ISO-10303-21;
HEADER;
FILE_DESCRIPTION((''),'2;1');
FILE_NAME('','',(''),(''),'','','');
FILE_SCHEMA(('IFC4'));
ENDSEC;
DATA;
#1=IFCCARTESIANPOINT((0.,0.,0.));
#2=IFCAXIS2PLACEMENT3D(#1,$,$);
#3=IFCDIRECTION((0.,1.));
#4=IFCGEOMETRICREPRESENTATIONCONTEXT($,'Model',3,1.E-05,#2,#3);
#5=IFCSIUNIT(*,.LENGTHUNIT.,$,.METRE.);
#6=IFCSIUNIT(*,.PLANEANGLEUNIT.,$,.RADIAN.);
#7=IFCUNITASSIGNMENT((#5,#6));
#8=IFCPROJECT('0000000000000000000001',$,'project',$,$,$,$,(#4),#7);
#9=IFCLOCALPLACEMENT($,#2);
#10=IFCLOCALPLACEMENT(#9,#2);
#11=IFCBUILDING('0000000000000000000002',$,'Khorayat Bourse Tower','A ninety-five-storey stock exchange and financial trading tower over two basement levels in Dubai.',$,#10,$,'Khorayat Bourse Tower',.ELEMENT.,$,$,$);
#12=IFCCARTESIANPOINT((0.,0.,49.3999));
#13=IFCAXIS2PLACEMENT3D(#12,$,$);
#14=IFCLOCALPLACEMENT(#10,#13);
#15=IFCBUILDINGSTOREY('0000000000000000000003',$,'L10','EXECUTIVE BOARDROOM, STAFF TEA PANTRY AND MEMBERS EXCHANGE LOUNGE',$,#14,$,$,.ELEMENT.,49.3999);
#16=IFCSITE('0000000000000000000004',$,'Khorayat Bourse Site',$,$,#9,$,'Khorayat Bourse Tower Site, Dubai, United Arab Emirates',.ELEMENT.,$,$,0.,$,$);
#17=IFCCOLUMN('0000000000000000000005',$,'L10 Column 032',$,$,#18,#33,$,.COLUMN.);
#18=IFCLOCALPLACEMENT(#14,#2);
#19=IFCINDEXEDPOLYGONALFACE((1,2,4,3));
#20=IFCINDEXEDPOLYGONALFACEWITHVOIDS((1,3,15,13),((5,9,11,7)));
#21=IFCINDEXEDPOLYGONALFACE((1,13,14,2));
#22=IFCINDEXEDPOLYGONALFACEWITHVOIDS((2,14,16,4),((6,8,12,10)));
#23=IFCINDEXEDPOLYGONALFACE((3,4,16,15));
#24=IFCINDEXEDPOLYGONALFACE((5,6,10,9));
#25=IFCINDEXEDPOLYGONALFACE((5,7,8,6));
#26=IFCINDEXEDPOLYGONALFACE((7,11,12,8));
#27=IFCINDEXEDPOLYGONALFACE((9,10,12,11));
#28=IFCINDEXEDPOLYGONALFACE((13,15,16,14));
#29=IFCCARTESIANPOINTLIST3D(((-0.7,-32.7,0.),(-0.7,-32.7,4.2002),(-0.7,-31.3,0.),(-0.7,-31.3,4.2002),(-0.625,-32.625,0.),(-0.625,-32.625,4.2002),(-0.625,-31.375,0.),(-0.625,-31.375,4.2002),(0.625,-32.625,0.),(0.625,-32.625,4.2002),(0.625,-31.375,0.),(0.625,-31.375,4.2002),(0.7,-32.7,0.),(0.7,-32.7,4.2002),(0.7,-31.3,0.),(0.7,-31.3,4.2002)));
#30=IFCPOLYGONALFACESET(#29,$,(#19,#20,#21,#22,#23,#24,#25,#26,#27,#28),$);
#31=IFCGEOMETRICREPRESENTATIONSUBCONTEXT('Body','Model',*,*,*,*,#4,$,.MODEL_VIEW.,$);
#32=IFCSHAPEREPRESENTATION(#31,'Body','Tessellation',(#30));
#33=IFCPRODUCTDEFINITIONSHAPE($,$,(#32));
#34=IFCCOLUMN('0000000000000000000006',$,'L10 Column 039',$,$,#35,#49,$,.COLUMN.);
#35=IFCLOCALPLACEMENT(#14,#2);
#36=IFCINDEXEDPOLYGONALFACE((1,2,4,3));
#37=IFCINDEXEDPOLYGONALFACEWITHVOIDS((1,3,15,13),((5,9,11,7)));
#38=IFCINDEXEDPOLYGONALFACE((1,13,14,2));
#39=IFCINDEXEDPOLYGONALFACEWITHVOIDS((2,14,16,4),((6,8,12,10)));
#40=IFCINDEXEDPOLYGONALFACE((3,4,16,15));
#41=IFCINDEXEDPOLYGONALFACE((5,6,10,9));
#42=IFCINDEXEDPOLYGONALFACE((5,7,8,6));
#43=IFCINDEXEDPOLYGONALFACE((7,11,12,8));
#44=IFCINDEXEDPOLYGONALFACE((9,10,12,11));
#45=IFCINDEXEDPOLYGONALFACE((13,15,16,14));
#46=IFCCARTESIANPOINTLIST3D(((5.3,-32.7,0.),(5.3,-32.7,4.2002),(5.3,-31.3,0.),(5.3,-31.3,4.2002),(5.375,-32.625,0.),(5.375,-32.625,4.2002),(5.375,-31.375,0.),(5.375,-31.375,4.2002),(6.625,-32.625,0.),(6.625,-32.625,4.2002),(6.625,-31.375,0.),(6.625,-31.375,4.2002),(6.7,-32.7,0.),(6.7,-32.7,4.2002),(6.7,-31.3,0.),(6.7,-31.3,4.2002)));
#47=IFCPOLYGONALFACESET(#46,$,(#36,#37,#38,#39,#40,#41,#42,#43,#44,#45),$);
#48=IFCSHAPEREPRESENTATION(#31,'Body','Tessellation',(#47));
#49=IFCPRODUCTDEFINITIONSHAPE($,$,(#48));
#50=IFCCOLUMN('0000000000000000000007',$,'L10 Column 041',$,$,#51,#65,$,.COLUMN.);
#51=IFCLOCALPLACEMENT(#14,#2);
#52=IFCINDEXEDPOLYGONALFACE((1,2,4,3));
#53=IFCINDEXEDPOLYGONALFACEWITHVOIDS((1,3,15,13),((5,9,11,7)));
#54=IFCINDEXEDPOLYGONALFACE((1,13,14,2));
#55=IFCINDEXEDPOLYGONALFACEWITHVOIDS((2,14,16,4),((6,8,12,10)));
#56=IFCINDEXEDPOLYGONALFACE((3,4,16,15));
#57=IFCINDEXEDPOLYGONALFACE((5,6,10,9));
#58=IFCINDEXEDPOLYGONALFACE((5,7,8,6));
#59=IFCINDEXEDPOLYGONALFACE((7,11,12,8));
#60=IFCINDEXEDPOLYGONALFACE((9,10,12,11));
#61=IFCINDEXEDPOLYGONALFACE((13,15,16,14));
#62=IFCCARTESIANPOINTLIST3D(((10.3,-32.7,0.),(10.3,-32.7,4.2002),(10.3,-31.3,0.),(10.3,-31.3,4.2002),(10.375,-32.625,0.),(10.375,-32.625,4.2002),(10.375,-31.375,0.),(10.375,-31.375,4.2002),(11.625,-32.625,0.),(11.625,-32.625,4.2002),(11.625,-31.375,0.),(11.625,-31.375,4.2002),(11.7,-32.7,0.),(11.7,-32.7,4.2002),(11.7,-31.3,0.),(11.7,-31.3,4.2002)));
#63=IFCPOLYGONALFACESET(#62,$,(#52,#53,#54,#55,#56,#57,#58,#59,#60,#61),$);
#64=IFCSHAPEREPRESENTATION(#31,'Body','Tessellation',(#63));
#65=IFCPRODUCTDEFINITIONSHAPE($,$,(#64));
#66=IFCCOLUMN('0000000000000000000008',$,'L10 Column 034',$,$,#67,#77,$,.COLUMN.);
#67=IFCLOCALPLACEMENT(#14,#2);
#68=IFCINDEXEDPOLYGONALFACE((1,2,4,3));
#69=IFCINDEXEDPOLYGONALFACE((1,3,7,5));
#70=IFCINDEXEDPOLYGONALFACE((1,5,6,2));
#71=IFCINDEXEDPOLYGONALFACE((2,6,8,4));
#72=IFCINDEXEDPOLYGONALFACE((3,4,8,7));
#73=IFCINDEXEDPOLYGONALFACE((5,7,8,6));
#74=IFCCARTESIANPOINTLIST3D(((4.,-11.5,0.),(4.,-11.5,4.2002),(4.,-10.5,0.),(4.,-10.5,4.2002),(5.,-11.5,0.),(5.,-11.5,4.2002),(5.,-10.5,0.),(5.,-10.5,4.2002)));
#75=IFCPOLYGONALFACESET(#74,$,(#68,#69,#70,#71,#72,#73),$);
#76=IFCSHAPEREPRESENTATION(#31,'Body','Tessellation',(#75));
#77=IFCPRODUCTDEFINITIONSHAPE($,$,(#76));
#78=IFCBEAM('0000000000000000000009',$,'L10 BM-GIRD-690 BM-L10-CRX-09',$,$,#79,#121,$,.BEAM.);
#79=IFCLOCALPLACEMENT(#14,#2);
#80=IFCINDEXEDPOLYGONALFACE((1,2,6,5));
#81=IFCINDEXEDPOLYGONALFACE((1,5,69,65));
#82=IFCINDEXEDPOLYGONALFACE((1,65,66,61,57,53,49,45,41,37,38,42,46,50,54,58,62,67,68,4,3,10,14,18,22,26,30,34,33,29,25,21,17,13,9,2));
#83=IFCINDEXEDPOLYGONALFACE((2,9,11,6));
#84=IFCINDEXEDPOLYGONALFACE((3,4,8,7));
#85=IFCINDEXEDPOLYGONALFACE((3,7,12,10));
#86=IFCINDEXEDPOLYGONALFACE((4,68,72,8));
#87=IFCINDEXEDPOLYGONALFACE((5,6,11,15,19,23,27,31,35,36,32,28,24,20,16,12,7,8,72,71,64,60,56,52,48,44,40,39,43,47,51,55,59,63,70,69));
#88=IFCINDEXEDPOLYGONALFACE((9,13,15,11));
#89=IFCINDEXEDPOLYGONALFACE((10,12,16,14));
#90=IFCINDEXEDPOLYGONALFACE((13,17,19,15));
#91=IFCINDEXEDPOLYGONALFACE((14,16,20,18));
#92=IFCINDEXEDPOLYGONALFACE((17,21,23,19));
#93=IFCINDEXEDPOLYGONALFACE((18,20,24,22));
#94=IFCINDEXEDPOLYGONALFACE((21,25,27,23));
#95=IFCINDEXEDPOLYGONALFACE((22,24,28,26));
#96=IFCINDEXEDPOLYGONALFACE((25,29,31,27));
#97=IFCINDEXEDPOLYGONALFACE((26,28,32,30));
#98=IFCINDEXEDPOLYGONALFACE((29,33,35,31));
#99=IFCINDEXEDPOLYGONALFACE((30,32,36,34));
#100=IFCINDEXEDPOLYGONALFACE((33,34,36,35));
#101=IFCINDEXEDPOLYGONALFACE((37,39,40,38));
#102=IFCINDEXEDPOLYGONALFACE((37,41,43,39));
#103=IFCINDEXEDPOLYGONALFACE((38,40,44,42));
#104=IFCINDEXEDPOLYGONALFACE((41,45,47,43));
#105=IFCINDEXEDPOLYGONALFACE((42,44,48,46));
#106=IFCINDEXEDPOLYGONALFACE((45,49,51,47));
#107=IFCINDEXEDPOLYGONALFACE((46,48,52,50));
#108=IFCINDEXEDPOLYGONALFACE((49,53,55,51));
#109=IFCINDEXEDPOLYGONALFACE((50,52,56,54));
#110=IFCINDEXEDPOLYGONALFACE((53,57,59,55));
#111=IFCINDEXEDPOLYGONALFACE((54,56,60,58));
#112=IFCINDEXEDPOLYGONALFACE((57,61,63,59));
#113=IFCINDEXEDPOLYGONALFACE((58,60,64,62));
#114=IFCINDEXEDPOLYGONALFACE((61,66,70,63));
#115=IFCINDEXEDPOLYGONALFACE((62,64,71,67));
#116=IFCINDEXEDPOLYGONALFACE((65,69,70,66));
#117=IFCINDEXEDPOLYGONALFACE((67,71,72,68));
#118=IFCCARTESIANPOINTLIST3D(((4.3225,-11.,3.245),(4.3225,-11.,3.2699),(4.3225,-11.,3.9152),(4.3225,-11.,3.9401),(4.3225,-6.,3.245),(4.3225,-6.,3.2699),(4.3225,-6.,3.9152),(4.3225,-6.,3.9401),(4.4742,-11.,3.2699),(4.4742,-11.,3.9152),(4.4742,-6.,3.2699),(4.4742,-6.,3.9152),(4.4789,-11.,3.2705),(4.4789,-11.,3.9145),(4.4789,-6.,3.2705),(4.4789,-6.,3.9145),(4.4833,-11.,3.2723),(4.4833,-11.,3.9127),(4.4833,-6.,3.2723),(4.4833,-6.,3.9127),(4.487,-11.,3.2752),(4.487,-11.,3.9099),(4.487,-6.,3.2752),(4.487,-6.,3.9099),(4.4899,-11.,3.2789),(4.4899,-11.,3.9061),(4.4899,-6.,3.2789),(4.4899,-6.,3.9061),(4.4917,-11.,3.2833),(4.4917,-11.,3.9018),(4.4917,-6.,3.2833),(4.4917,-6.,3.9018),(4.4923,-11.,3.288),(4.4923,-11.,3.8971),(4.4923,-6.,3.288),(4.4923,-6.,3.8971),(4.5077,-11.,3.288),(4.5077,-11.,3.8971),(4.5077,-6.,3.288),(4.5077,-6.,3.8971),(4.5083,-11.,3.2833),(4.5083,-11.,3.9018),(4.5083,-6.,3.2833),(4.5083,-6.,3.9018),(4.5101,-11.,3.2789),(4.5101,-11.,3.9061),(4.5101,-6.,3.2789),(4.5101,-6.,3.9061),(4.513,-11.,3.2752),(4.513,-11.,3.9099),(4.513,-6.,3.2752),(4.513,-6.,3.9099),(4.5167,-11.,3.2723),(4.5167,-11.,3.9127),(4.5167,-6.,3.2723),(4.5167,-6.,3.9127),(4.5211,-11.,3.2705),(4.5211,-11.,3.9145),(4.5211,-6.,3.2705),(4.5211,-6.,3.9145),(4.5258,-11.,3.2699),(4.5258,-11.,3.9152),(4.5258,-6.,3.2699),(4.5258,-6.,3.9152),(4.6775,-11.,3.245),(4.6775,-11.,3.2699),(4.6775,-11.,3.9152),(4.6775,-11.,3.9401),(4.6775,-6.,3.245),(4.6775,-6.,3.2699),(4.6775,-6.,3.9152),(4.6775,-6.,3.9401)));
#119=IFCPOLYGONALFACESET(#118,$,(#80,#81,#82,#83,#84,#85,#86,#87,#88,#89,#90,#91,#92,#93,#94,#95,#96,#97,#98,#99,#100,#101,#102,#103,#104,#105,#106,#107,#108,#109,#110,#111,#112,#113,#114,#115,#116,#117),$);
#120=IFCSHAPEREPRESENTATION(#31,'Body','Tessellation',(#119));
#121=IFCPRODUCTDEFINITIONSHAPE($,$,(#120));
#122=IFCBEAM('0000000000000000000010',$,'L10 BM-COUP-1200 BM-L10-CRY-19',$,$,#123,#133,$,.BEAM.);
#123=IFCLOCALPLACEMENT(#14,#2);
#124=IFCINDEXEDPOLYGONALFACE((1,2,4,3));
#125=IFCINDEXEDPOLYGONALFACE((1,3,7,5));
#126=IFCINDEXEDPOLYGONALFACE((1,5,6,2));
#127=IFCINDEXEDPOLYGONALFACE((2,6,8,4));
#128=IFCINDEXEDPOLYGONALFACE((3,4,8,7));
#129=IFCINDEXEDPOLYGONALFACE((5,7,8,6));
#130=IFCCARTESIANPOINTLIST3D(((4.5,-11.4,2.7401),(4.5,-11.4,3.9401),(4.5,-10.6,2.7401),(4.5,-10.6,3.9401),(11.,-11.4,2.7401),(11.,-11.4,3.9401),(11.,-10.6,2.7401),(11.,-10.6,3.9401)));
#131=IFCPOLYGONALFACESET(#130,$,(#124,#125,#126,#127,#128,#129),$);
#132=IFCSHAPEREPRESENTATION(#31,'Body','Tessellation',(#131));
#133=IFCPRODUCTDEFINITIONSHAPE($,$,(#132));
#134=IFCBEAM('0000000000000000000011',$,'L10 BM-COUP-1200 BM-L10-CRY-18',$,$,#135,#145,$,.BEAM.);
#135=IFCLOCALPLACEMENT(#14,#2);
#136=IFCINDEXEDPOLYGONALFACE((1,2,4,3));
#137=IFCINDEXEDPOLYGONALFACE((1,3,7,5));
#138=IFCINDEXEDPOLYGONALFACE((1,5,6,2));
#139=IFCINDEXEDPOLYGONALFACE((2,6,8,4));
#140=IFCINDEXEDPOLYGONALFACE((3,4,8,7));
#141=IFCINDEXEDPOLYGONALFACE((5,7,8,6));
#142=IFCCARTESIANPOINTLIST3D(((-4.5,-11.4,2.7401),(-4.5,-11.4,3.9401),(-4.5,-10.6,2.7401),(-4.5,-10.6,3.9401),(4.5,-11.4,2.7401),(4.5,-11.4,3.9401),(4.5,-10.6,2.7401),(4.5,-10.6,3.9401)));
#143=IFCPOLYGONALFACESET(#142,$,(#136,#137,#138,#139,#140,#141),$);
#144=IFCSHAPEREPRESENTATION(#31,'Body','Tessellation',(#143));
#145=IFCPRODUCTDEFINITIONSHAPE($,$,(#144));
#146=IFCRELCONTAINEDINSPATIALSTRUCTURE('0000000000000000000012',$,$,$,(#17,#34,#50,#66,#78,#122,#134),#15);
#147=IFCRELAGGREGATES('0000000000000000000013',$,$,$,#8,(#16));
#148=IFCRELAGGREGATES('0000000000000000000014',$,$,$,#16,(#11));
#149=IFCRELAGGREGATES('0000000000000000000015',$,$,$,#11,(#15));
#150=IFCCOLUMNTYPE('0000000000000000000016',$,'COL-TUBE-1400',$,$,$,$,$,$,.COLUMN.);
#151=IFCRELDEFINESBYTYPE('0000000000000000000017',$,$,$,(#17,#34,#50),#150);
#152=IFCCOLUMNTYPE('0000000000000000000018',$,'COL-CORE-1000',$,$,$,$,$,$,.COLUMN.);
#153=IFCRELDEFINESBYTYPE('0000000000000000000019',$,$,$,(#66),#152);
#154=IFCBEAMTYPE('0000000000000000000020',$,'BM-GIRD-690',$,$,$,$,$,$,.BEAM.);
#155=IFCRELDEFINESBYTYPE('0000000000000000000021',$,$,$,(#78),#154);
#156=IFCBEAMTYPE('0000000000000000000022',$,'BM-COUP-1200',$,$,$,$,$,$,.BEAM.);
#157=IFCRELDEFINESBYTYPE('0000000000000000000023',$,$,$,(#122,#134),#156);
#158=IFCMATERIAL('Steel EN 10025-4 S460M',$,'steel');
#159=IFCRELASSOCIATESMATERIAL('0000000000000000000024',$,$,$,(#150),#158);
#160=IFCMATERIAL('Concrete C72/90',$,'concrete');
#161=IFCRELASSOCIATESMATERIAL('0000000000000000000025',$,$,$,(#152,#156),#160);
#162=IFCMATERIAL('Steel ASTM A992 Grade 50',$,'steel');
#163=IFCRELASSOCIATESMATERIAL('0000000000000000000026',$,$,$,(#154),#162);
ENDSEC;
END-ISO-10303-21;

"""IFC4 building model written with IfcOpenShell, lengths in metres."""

from ifc_helpers import new_model, si_unit, direction, frame, origin, origin_2d, place, context, subcontext, project, spatial, rectangle, hollow_rectangle, i_section, extrude, source, transform, mapped, material, material_profile, profile_set, type_object, element, save


model = new_model("IFC4")

# Units and contexts
model_context = context("Model", 3, precision=1e-05, world=origin(), true_north=direction((0.0, 1.0)))
body_context = subcontext(model_context, "Body", "Model", "MODEL_VIEW")
ifc_project = project(units=[si_unit("LENGTHUNIT", "METRE"), si_unit("PLANEANGLEUNIT", "RADIAN")], contexts=[model_context])

# Site, building, storey
site_placement = place(None, origin())
site = spatial("IfcSite", under=ifc_project, at=site_placement, Name="Khorayat Bourse Site", LongName="Khorayat Bourse Tower Site, Dubai, United Arab Emirates", CompositionType="ELEMENT", RefElevation=0.0)
building_placement = place(site_placement, origin())
building = spatial("IfcBuilding", under=site, at=building_placement, Name="Khorayat Bourse Tower", Description="A ninety-five-storey stock exchange and financial trading tower over two basement levels in Dubai.", LongName="Khorayat Bourse Tower", CompositionType="ELEMENT")
storey_placement = place(building_placement, frame((0.0, 0.0, 49.3999)))
storey = spatial("IfcBuildingStorey", under=building, at=storey_placement, Name="L10", Description="EXECUTIVE BOARDROOM, STAFF TEA PANTRY AND MEMBERS EXCHANGE LOUNGE", CompositionType="ELEMENT", Elevation=49.3999)

# Columns
ifc_material_1 = material(Name="Steel EN 10025-4 S460M", Category="steel")
ifc_material_profile_1 = material_profile(ifc_material_1, hollow_rectangle(XDim=1.3999, YDim=1.3999, WallThickness=0.075, at=origin_2d()), Name="BOX 1400x1400x75")
ifc_profile_set_1 = profile_set([ifc_material_profile_1], Name="Steel EN 10025-4 S460M")
column_type_1 = type_object("IfcColumnType", Name="COL-TUBE-1400", PredefinedType="COLUMN", material=ifc_profile_set_1)
shared_shape_1 = source(origin(), body_context, "Body", "SweptSolid", [
    extrude(hollow_rectangle(XDim=1.3999, YDim=1.3999, WallThickness=0.075, at=origin_2d()), origin(), (0.0, 0.0, 1.0), 4.2002),
])
for number, where, z_axis, x_axis, name in (
    (1, (0.0, -32.0, 0.0), (0.0, 0.0, 1.0), (1.0, 0.0, 0.0), "L10 Column 032"),
    (2, (6.0, -32.0, 0.0), (0.0, 0.0, 1.0), (1.0, 0.0, 0.0), "L10 Column 039"),
    (3, (11.0, -32.0, 0.0), (0.0, 0.0, 1.0), (1.0, 0.0, 0.0), "L10 Column 041"),
):
    element("IfcColumn", number, at=place(storey_placement, frame(where, z_axis=z_axis, x_axis=x_axis)), inside=storey, type_object=column_type_1, Name=name, PredefinedType="COLUMN", context=body_context, shape_type="MappedRepresentation", body=[
        mapped(shared_shape_1, transform((0.0, 0.0, 0.0), scale=1.0)),
    ])
ifc_material_2 = material(Name="Concrete C72/90", Category="concrete")
ifc_material_profile_2 = material_profile(ifc_material_2, rectangle(XDim=1.0, YDim=1.0, at=origin_2d()), Name="RC 1000x1000")
ifc_profile_set_2 = profile_set([ifc_material_profile_2], Name="Concrete C72/90")
column_type_2 = type_object("IfcColumnType", Name="COL-CORE-1000", PredefinedType="COLUMN", material=ifc_profile_set_2)
shared_shape_2 = source(origin(), body_context, "Body", "SweptSolid", [
    extrude(rectangle(XDim=1.0, YDim=1.0, at=origin_2d()), origin(), (0.0, 0.0, 1.0), 4.2002),
])
column_placement = place(storey_placement, frame((4.5, -11.0, 0.0), z_axis=(0.0, 0.0, 1.0), x_axis=(1.0, 0.0, 0.0)))
element("IfcColumn", 4, at=column_placement, inside=storey, type_object=column_type_2, Name="L10 Column 034", PredefinedType="COLUMN", context=body_context, shape_type="MappedRepresentation", body=[
    mapped(shared_shape_2, transform((0.0, 0.0, 0.0), scale=1.0)),
])

# Beams
ifc_material_3 = material(Name="Steel ASTM A992 Grade 50", Category="steel")
ifc_material_profile_3 = material_profile(ifc_material_3, i_section(OverallWidth=0.355, OverallDepth=0.6951, WebThickness=0.0154, FlangeThickness=0.0249, FilletRadius=0.0181, at=origin_2d()), Name="W690X217")
ifc_profile_set_3 = profile_set([ifc_material_profile_3], Name="Steel ASTM A992 Grade 50")
beam_type_1 = type_object("IfcBeamType", Name="BM-GIRD-690", PredefinedType="BEAM", material=ifc_profile_set_3)
shared_shape_3 = source(origin(), body_context, "Body", "SweptSolid", [
    extrude(i_section(OverallWidth=0.355, OverallDepth=0.6951, WebThickness=0.0154, FlangeThickness=0.0249, FilletRadius=0.0181, at=origin_2d()), origin(), (0.0, 0.0, 1.0), 5.0),
])
beam_1_placement = place(storey_placement, frame((4.5, -11.0, 3.5925), z_axis=(0.0, 1.0, 0.0), x_axis=(-1.0, 0.0, 0.0)))
element("IfcBeam", 5, at=beam_1_placement, inside=storey, type_object=beam_type_1, Name="L10 BM-GIRD-690 BM-L10-CRX-09", PredefinedType="BEAM", context=body_context, shape_type="MappedRepresentation", body=[
    mapped(shared_shape_3, transform((0.0, 0.0, 0.0), scale=1.0)),
])
ifc_material_profile_4 = material_profile(ifc_material_2, rectangle(XDim=0.8, YDim=1.2, at=origin_2d()), Name="RC 800x1200")
ifc_profile_set_4 = profile_set([ifc_material_profile_4], Name="Concrete C72/90")
beam_type_2 = type_object("IfcBeamType", Name="BM-COUP-1200", PredefinedType="BEAM", material=ifc_profile_set_4)
shared_shape_4 = source(origin(), body_context, "Body", "SweptSolid", [
    extrude(rectangle(XDim=0.8, YDim=1.2, at=origin_2d()), origin(), (0.0, 0.0, 1.0), 6.5),
])
beam_2_placement = place(storey_placement, frame((4.5, -11.0, 3.3401), z_axis=(1.0, 0.0, 0.0), x_axis=(0.0, 1.0, 0.0)))
element("IfcBeam", 6, at=beam_2_placement, inside=storey, type_object=beam_type_2, Name="L10 BM-COUP-1200 BM-L10-CRY-19", PredefinedType="BEAM", context=body_context, shape_type="MappedRepresentation", body=[
    mapped(shared_shape_4, transform((0.0, 0.0, 0.0), scale=1.0)),
])
shared_shape_5 = source(origin(), body_context, "Body", "SweptSolid", [
    extrude(rectangle(XDim=0.8, YDim=1.2, at=origin_2d()), origin(), (0.0, 0.0, 1.0), 9.0),
])
beam_3_placement = place(storey_placement, frame((-4.5, -11.0, 3.3401), z_axis=(1.0, 0.0, 0.0), x_axis=(0.0, 1.0, 0.0)))
element("IfcBeam", 7, at=beam_3_placement, inside=storey, type_object=beam_type_2, Name="L10 BM-COUP-1200 BM-L10-CRY-18", PredefinedType="BEAM", context=body_context, shape_type="MappedRepresentation", body=[
    mapped(shared_shape_5, transform((0.0, 0.0, 0.0), scale=1.0)),
])

save(model, "model.ifc")
